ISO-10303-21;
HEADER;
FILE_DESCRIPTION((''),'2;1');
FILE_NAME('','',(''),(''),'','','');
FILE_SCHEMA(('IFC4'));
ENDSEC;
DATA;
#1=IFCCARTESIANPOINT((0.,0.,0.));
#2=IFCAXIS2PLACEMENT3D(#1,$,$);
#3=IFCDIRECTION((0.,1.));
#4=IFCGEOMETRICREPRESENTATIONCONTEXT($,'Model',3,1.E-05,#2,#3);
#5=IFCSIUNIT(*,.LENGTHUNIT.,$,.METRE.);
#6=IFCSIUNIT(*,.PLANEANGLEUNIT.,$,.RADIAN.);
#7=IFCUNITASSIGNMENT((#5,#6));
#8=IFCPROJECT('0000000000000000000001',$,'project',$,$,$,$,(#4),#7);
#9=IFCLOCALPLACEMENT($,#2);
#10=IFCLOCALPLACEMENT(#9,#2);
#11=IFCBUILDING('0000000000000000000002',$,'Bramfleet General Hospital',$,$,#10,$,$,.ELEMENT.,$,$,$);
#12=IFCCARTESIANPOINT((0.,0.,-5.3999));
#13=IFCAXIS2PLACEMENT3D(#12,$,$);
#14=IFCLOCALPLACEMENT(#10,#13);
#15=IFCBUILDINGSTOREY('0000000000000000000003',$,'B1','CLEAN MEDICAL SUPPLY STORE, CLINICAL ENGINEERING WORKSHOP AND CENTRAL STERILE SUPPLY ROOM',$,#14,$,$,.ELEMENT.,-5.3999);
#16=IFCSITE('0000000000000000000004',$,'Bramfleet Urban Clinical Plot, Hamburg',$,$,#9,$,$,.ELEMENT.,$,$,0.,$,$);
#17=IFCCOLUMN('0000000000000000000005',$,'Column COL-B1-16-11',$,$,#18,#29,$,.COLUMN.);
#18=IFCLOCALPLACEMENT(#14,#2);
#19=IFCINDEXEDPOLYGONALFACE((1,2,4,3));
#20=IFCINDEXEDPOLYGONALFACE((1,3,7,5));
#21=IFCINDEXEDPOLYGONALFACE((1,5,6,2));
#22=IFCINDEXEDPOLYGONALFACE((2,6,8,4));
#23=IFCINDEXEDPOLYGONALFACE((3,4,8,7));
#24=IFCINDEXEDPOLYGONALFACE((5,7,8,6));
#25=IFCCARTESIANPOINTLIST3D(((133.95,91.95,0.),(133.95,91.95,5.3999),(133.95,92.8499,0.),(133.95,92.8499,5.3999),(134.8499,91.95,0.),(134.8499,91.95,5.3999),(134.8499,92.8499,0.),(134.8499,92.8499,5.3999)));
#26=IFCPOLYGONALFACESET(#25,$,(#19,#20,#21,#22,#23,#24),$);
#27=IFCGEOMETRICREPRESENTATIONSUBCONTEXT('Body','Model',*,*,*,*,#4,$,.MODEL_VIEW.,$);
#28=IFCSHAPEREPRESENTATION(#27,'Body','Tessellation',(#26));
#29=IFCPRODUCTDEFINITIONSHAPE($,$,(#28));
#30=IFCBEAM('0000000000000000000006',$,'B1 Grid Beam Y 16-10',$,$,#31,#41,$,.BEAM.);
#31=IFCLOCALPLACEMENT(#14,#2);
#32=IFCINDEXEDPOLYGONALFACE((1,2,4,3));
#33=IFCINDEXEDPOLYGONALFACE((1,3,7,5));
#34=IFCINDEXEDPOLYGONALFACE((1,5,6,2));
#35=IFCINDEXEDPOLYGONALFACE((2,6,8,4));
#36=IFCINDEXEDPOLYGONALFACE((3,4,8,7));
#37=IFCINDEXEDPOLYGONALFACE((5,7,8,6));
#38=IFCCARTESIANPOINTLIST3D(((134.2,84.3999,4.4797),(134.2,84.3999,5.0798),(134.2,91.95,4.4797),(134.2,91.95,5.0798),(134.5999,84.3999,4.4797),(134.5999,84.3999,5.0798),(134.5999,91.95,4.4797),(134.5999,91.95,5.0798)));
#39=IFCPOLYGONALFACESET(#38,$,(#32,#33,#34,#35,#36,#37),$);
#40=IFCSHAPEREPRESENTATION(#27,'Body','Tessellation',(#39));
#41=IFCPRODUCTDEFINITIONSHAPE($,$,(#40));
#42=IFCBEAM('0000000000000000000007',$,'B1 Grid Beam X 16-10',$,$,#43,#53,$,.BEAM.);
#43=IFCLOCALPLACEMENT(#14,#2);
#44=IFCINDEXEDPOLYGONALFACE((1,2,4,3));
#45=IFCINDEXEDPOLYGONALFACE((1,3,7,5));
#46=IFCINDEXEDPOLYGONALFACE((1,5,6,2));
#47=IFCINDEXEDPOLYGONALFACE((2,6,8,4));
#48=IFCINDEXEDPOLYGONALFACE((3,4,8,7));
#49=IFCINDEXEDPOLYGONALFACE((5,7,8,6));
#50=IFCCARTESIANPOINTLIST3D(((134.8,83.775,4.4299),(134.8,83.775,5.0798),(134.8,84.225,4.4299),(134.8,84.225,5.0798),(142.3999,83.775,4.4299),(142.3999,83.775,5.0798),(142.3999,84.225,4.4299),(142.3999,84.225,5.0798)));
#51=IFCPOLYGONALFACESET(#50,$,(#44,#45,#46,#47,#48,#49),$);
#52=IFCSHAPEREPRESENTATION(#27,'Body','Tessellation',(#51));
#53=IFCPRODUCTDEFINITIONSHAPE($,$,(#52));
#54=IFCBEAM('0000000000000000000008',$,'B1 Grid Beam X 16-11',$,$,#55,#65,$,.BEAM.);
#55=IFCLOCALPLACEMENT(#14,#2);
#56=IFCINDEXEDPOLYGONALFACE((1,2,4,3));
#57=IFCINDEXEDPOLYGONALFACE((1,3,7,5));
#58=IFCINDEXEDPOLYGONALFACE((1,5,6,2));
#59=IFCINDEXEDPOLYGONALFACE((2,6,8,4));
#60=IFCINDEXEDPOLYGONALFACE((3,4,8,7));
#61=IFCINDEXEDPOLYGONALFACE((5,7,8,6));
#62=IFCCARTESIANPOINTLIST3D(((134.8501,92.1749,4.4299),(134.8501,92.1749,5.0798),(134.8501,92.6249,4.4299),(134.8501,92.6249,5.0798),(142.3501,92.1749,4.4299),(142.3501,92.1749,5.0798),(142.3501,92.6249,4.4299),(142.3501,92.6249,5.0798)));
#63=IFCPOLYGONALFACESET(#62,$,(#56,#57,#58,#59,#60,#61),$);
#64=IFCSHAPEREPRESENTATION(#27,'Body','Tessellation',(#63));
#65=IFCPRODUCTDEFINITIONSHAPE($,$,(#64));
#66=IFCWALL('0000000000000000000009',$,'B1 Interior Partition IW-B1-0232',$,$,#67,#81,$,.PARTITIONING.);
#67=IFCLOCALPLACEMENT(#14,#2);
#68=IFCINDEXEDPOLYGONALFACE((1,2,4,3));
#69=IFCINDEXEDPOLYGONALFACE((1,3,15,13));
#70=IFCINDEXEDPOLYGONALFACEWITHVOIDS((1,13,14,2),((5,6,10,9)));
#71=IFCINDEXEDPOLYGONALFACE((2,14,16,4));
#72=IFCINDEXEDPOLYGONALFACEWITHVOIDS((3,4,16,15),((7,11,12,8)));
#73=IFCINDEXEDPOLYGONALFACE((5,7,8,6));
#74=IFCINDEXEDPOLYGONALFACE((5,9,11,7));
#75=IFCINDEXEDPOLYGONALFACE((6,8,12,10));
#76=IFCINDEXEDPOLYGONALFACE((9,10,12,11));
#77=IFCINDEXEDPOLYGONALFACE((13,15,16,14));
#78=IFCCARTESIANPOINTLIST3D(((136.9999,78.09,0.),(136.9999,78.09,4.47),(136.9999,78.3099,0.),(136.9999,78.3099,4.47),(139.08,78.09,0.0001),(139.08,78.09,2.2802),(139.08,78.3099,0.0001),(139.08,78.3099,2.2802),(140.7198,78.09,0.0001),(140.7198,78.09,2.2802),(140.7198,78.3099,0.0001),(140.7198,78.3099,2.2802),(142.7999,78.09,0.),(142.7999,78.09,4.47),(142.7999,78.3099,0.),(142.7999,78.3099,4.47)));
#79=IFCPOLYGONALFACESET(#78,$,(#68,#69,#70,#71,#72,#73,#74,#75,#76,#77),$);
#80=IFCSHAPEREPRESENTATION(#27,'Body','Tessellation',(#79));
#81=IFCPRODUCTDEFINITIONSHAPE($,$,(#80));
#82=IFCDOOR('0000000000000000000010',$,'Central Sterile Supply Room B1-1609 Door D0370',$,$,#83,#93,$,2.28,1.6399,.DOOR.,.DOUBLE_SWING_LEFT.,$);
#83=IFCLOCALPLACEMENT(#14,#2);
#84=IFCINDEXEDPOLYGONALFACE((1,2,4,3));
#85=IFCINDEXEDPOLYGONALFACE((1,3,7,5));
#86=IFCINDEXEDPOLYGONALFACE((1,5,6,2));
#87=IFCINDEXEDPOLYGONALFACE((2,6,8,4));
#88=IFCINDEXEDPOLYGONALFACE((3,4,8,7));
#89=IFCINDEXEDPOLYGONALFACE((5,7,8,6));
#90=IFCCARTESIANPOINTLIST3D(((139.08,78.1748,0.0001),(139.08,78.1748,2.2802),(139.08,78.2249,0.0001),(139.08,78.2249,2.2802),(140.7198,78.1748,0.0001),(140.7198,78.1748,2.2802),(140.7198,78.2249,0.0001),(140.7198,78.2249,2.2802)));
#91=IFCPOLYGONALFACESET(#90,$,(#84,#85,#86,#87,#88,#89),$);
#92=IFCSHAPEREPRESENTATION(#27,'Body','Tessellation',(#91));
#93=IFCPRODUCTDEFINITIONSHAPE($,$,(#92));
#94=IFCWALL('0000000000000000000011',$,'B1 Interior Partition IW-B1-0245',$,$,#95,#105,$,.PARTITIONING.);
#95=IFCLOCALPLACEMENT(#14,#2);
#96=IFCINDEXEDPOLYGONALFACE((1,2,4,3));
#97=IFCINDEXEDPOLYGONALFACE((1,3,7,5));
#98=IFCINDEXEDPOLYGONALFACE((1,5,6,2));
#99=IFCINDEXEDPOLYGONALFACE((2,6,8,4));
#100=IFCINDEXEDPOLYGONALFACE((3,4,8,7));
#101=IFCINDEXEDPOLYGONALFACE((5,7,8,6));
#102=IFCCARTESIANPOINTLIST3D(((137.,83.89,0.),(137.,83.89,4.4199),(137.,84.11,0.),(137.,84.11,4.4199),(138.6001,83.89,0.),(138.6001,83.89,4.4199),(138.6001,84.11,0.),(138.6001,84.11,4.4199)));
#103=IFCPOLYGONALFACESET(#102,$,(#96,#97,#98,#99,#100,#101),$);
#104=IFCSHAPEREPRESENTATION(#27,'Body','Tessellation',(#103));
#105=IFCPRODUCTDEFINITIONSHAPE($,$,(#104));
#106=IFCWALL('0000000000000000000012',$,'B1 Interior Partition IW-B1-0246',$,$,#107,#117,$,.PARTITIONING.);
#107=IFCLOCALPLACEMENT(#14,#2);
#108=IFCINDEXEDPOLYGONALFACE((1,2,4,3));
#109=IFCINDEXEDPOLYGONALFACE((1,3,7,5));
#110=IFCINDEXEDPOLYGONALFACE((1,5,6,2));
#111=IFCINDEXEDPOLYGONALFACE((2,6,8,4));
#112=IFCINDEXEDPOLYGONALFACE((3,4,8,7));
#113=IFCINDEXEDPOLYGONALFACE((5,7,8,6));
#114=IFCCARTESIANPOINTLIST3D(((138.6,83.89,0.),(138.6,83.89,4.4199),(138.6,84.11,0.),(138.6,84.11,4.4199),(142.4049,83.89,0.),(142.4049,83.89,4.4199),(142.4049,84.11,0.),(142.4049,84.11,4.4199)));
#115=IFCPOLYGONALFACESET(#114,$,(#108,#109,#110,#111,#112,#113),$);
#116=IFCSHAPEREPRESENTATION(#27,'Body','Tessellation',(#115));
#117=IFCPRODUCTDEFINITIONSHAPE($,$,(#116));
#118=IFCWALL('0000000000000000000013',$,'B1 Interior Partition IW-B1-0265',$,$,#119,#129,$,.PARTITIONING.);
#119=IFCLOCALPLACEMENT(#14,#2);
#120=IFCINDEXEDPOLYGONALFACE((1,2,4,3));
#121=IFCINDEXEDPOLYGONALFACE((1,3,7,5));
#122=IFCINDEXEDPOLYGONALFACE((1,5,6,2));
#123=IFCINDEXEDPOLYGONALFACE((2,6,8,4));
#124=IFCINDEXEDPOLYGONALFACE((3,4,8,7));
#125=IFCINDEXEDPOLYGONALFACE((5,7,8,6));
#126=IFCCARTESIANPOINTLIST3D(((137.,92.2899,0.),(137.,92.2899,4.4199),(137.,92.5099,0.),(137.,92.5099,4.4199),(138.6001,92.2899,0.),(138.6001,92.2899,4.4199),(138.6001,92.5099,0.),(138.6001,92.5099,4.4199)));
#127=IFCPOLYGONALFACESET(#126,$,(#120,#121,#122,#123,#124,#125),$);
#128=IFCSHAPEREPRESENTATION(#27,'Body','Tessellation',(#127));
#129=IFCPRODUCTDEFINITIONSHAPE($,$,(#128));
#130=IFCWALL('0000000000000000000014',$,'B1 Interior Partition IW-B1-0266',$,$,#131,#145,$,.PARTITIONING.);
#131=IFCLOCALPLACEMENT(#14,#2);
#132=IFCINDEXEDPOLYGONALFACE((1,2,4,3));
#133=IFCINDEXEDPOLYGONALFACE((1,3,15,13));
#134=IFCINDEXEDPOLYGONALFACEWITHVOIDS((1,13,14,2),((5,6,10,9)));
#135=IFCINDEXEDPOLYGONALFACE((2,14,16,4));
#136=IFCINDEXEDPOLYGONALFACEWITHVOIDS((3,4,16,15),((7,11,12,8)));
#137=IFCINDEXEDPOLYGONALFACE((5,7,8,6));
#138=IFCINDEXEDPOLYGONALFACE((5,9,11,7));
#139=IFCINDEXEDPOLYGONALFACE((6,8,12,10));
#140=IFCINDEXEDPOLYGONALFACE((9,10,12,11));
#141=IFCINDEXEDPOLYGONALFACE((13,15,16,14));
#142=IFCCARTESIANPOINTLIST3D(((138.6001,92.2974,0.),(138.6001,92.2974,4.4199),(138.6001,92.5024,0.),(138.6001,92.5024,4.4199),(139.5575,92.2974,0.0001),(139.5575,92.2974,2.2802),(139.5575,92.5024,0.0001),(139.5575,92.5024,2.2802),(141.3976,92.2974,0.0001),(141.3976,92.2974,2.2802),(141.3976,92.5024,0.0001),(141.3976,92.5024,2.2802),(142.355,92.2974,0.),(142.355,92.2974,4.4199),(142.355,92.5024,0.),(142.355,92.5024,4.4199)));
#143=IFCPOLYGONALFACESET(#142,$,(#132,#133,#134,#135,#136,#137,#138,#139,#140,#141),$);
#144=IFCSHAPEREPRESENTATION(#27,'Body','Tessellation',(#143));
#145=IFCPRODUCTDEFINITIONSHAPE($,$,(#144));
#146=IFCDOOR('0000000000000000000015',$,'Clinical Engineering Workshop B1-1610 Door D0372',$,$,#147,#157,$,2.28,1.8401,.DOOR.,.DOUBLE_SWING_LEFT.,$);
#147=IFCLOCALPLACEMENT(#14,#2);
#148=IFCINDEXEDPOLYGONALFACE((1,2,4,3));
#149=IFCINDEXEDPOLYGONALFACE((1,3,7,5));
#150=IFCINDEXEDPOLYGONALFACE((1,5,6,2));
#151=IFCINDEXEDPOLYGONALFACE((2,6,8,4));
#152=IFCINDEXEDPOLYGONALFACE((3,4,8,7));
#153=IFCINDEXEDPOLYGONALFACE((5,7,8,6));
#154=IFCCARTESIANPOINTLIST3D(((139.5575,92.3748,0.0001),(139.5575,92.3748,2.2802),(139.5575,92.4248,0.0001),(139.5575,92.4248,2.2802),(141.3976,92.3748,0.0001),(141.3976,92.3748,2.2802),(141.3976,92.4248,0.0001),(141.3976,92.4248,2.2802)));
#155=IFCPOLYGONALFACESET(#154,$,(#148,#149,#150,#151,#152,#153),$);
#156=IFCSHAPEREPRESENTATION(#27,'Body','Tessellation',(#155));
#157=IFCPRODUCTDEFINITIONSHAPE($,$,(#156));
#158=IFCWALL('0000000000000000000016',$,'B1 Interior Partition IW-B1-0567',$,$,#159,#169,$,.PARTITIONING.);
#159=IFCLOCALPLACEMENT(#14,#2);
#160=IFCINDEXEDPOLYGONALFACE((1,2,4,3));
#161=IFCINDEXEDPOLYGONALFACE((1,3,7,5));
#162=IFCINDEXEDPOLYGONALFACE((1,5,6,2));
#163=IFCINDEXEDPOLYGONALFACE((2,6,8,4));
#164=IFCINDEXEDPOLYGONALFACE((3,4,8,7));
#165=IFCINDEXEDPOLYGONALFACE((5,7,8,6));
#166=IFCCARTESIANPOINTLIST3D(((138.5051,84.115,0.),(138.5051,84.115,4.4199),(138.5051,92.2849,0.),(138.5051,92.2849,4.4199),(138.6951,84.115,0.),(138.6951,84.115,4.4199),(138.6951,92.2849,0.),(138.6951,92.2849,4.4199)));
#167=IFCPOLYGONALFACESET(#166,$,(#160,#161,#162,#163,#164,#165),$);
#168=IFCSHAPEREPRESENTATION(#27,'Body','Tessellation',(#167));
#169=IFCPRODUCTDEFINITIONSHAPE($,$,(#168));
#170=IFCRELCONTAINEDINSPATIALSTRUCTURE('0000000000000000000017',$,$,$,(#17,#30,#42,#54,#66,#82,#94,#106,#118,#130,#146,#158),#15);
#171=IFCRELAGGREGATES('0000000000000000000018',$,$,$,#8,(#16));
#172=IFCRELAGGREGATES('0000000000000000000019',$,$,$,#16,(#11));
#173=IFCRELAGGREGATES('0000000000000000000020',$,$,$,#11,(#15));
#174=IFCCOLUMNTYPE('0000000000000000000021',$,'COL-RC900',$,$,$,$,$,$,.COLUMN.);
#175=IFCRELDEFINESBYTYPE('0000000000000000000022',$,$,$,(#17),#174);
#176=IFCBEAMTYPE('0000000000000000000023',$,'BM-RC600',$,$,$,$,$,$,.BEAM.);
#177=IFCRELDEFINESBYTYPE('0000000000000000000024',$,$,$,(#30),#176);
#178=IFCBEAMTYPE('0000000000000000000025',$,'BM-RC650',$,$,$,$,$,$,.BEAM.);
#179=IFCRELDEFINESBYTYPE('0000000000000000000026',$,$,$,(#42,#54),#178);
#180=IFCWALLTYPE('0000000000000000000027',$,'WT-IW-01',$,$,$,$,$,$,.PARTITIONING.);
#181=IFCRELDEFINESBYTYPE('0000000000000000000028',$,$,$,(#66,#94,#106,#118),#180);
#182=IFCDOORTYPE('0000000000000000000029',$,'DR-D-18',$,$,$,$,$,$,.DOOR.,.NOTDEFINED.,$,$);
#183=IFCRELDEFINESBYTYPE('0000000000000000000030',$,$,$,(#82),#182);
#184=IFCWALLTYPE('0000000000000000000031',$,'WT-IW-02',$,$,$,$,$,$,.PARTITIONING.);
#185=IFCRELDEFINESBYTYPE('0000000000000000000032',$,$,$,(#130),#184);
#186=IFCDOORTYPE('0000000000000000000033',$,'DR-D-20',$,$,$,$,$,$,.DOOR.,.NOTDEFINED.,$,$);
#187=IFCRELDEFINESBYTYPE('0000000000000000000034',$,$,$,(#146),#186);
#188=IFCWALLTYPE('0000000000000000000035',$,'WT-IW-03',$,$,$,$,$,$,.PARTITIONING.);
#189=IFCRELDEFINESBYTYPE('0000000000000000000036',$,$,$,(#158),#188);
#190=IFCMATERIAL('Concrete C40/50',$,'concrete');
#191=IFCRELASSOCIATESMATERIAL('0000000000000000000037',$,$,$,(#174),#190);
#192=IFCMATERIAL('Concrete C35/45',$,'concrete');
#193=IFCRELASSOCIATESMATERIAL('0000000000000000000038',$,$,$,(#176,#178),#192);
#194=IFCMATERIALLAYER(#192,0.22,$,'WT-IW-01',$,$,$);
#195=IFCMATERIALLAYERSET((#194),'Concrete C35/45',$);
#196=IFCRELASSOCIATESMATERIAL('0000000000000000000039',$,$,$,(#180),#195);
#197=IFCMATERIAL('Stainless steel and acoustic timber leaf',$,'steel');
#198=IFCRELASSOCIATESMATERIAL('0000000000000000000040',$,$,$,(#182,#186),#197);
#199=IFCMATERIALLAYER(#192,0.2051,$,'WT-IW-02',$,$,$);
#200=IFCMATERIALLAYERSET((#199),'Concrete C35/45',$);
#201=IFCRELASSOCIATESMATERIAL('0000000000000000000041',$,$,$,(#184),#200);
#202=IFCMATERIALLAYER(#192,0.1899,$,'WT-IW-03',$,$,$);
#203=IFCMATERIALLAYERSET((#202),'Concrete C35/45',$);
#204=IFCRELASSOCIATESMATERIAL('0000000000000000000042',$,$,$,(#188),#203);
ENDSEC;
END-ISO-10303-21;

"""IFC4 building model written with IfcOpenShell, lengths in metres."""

from ifc_helpers import new_model, si_unit, direction, frame, frame_2d, origin, origin_2d, place, context, subcontext, project, spatial, rectangle, extrude, material, layer, layer_set, material_profile, profile_set, type_object, element, fill, save


model = new_model("IFC4")

# Units and contexts
model_context = context("Model", 3, precision=1e-05, world=origin(), true_north=direction((0.0, 1.0)))
body_context = subcontext(model_context, "Body", "Model", "MODEL_VIEW")
ifc_project = project(units=[si_unit("LENGTHUNIT", "METRE"), si_unit("PLANEANGLEUNIT", "RADIAN")], contexts=[model_context])

# Site, building, storey
site_placement = place(None, origin())
site = spatial("IfcSite", under=ifc_project, at=site_placement, Name="Bramfleet Urban Clinical Plot, Hamburg", CompositionType="ELEMENT", RefElevation=0.0)
building_placement = place(site_placement, origin())
building = spatial("IfcBuilding", under=site, at=building_placement, Name="Bramfleet General Hospital", CompositionType="ELEMENT")
storey_placement = place(building_placement, frame((0.0, 0.0, -5.3999)))
storey = spatial("IfcBuildingStorey", under=building, at=storey_placement, Name="B1", Description="CLEAN MEDICAL SUPPLY STORE, CLINICAL ENGINEERING WORKSHOP AND CENTRAL STERILE SUPPLY ROOM", CompositionType="ELEMENT", Elevation=-5.3999)

# Shared definitions
ifc_material_1 = material(Name="Concrete C35/45", Category="concrete")

# Column
ifc_material_2 = material(Name="Concrete C40/50", Category="concrete")
ifc_material_profile_1 = material_profile(ifc_material_2, rectangle(XDim=0.8999, YDim=0.8999, at=origin_2d()), Name="RC COL 900x900")
ifc_profile_set_1 = profile_set([ifc_material_profile_1], Name="Concrete C40/50")
column_type_1 = type_object("IfcColumnType", Name="COL-RC900", PredefinedType="COLUMN", material=ifc_profile_set_1)
column_1_placement = place(storey_placement, frame((134.3999, 92.3999, 0.0), z_axis=(0.0, 0.0, 1.0), x_axis=(1.0, 0.0, 0.0)))
element("IfcColumn", 1, at=column_1_placement, inside=storey, type_object=column_type_1, Name="Column COL-B1-16-11", PredefinedType="COLUMN", context=body_context, shape_type="SweptSolid", body=[
    extrude(rectangle(XDim=0.8999, YDim=0.8999, at=origin_2d()), origin(), (0.0, 0.0, 1.0), 5.3999),
])

# Beams
ifc_material_profile_2 = material_profile(ifc_material_1, rectangle(XDim=0.3999, YDim=0.6001, at=origin_2d()), Name="RC BM 600x400")
ifc_profile_set_2 = profile_set([ifc_material_profile_2], Name="Concrete C35/45")
beam_type_1 = type_object("IfcBeamType", Name="BM-RC600", PredefinedType="BEAM", material=ifc_profile_set_2)
beam_1_placement = place(storey_placement, frame((134.3999, 84.3999, 4.7798), z_axis=(0.0, 1.0, 0.0), x_axis=(-1.0, 0.0, 0.0)))
element("IfcBeam", 2, at=beam_1_placement, inside=storey, type_object=beam_type_1, Name="B1 Grid Beam Y 16-10", PredefinedType="BEAM", context=body_context, shape_type="SweptSolid", body=[
    extrude(rectangle(XDim=0.3999, YDim=0.6001, at=origin_2d()), origin(), (0.0, 0.0, 1.0), 7.55),
])
ifc_material_profile_3 = material_profile(ifc_material_1, rectangle(XDim=0.45, YDim=0.6499, at=origin_2d()), Name="RC BM 650x450")
ifc_profile_set_3 = profile_set([ifc_material_profile_3], Name="Concrete C35/45")
beam_type_2 = type_object("IfcBeamType", Name="BM-RC650", PredefinedType="BEAM", material=ifc_profile_set_3)
beam_2_placement = place(storey_placement, frame((134.8, 84.0, 4.7549), z_axis=(1.0, 0.0, 0.0), x_axis=(0.0, 1.0, 0.0)))
element("IfcBeam", 3, at=beam_2_placement, inside=storey, type_object=beam_type_2, Name="B1 Grid Beam X 16-10", PredefinedType="BEAM", context=body_context, shape_type="SweptSolid", body=[
    extrude(rectangle(XDim=0.45, YDim=0.6499, at=origin_2d()), origin(), (0.0, 0.0, 1.0), 7.5999),
])
beam_3_placement = place(storey_placement, frame((134.8501, 92.3999, 4.7549), z_axis=(1.0, 0.0, 0.0), x_axis=(0.0, 1.0, 0.0)))
element("IfcBeam", 4, at=beam_3_placement, inside=storey, type_object=beam_type_2, Name="B1 Grid Beam X 16-11", PredefinedType="BEAM", context=body_context, shape_type="SweptSolid", body=[
    extrude(rectangle(XDim=0.45, YDim=0.6499, at=origin_2d()), origin(), (0.0, 0.0, 1.0), 7.5),
])

# Wall, opening, door
ifc_layer_1 = layer(ifc_material_1, 0.22, Name="WT-IW-01")
ifc_layer_set_1 = layer_set([ifc_layer_1], Name="Concrete C35/45")
wall_type_1 = type_object("IfcWallType", Name="WT-IW-01", PredefinedType="PARTITIONING", material=ifc_layer_set_1)
wall_1_placement = place(storey_placement, frame((137.0, 78.2, 0.0), z_axis=(0.0, 0.0, 1.0), x_axis=(1.0, 0.0, 0.0)))
wall_1 = element("IfcWall", 5, at=wall_1_placement, inside=storey, type_object=wall_type_1, Name="B1 Interior Partition IW-B1-0232", PredefinedType="PARTITIONING", context=body_context, shape_type="SweptSolid", body=[
    extrude(rectangle(XDim=5.8, YDim=0.22, at=frame_2d((2.8999, 0.0))), origin(), (0.0, 0.0, 1.0), 4.47),
])
opening_1_placement = place(wall_1_placement, frame((2.0801, 0.0, 0.0)))
opening_1 = element("IfcOpeningElement", 6, at=opening_1_placement, cuts=wall_1, PredefinedType="OPENING", context=body_context, shape_type="SweptSolid", body=[
    extrude(rectangle(XDim=1.6399, YDim=2.28, at=frame_2d((0.8198, 1.1401))), frame((0.0, 0.1199, 0.0), z_axis=(0.0, -1.0, 0.0), x_axis=(1.0, 0.0, 0.0)), (0.0, 0.0, 1.0), 0.24),
])
ifc_material_3 = material(Name="Stainless steel and acoustic timber leaf", Category="steel")
door_type_1 = type_object("IfcDoorType", Name="DR-D-18", OperationType="NOTDEFINED", PredefinedType="DOOR", material=ifc_material_3)
door_1_placement = place(opening_1_placement, origin())
door_1 = element("IfcDoor", 7, at=door_1_placement, inside=storey, type_object=door_type_1, Name="Central Sterile Supply Room B1-1609 Door D0370", OperationType="DOUBLE_SWING_LEFT", OverallHeight=2.28, OverallWidth=1.6399, PredefinedType="DOOR", context=body_context, shape_type="SweptSolid", body=[
    extrude(rectangle(XDim=1.6399, YDim=2.28, at=frame_2d((0.8198, 1.1401))), frame((0.0, 0.0249, 0.0), z_axis=(0.0, -1.0, 0.0), x_axis=(1.0, 0.0, 0.0)), (0.0, 0.0, 1.0), 0.05),
])
fill(opening_1, door_1)

# Walls
wall_2_placement = place(storey_placement, frame((137.0, 84.0, 0.0), z_axis=(0.0, 0.0, 1.0), x_axis=(1.0, 0.0, 0.0)))
element("IfcWall", 8, at=wall_2_placement, inside=storey, type_object=wall_type_1, Name="B1 Interior Partition IW-B1-0245", PredefinedType="PARTITIONING", context=body_context, shape_type="SweptSolid", body=[
    extrude(rectangle(XDim=1.6001, YDim=0.22, at=frame_2d((0.8, 0.0))), origin(), (0.0, 0.0, 1.0), 4.4199),
])
wall_3_placement = place(storey_placement, frame((138.6001, 84.0, 0.0), z_axis=(0.0, 0.0, 1.0), x_axis=(1.0, 0.0, 0.0)))
element("IfcWall", 9, at=wall_3_placement, inside=storey, type_object=wall_type_1, Name="B1 Interior Partition IW-B1-0246", PredefinedType="PARTITIONING", context=body_context, shape_type="SweptSolid", body=[
    extrude(rectangle(XDim=3.8049, YDim=0.22, at=frame_2d((1.9023, 0.0))), origin(), (0.0, 0.0, 1.0), 4.4199),
])
wall_4_placement = place(storey_placement, frame((137.0, 92.3999, 0.0), z_axis=(0.0, 0.0, 1.0), x_axis=(1.0, 0.0, 0.0)))
element("IfcWall", 10, at=wall_4_placement, inside=storey, type_object=wall_type_1, Name="B1 Interior Partition IW-B1-0265", PredefinedType="PARTITIONING", context=body_context, shape_type="SweptSolid", body=[
    extrude(rectangle(XDim=1.6001, YDim=0.22, at=frame_2d((0.8, 0.0))), origin(), (0.0, 0.0, 1.0), 4.4199),
])

# Wall, opening, door
ifc_layer_2 = layer(ifc_material_1, 0.2051, Name="WT-IW-02")
ifc_layer_set_2 = layer_set([ifc_layer_2], Name="Concrete C35/45")
wall_type_2 = type_object("IfcWallType", Name="WT-IW-02", PredefinedType="PARTITIONING", material=ifc_layer_set_2)
wall_5_placement = place(storey_placement, frame((138.6001, 92.3999, 0.0), z_axis=(0.0, 0.0, 1.0), x_axis=(1.0, 0.0, 0.0)))
wall_5 = element("IfcWall", 11, at=wall_5_placement, inside=storey, type_object=wall_type_2, Name="B1 Interior Partition IW-B1-0266", PredefinedType="PARTITIONING", context=body_context, shape_type="SweptSolid", body=[
    extrude(rectangle(XDim=3.7549, YDim=0.2051, at=frame_2d((1.8774, 0.0))), origin(), (0.0, 0.0, 1.0), 4.4199),
])
opening_2_placement = place(wall_5_placement, frame((0.9575, 0.0, 0.0)))
opening_2 = element("IfcOpeningElement", 12, at=opening_2_placement, cuts=wall_5, PredefinedType="OPENING", context=body_context, shape_type="SweptSolid", body=[
    extrude(rectangle(XDim=1.8401, YDim=2.28, at=frame_2d((0.9199, 1.1401))), frame((0.0, 0.1125, 0.0), z_axis=(0.0, -1.0, 0.0), x_axis=(1.0, 0.0, 0.0)), (0.0, 0.0, 1.0), 0.2251),
])
door_type_2 = type_object("IfcDoorType", Name="DR-D-20", OperationType="NOTDEFINED", PredefinedType="DOOR", material=ifc_material_3)
door_2_placement = place(opening_2_placement, origin())
door_2 = element("IfcDoor", 13, at=door_2_placement, inside=storey, type_object=door_type_2, Name="Clinical Engineering Workshop B1-1610 Door D0372", OperationType="DOUBLE_SWING_LEFT", OverallHeight=2.28, OverallWidth=1.8401, PredefinedType="DOOR", context=body_context, shape_type="SweptSolid", body=[
    extrude(rectangle(XDim=1.8401, YDim=2.28, at=frame_2d((0.9199, 1.1401))), frame((0.0, 0.0249, 0.0), z_axis=(0.0, -1.0, 0.0), x_axis=(1.0, 0.0, 0.0)), (0.0, 0.0, 1.0), 0.05),
])
fill(opening_2, door_2)

# Wall
ifc_layer_3 = layer(ifc_material_1, 0.1899, Name="WT-IW-03")
ifc_layer_set_3 = layer_set([ifc_layer_3], Name="Concrete C35/45")
wall_type_3 = type_object("IfcWallType", Name="WT-IW-03", PredefinedType="PARTITIONING", material=ifc_layer_set_3)
wall_6_placement = place(storey_placement, frame((138.6001, 84.115, 0.0), z_axis=(0.0, 0.0, 1.0), x_axis=(0.0, 1.0, 0.0)))
element("IfcWall", 14, at=wall_6_placement, inside=storey, type_object=wall_type_3, Name="B1 Interior Partition IW-B1-0567", PredefinedType="PARTITIONING", context=body_context, shape_type="SweptSolid", body=[
    extrude(rectangle(XDim=8.1699, YDim=0.1899, at=frame_2d((4.085, 0.0))), origin(), (0.0, 0.0, 1.0), 4.4199),
])

save(model, "model.ifc")
